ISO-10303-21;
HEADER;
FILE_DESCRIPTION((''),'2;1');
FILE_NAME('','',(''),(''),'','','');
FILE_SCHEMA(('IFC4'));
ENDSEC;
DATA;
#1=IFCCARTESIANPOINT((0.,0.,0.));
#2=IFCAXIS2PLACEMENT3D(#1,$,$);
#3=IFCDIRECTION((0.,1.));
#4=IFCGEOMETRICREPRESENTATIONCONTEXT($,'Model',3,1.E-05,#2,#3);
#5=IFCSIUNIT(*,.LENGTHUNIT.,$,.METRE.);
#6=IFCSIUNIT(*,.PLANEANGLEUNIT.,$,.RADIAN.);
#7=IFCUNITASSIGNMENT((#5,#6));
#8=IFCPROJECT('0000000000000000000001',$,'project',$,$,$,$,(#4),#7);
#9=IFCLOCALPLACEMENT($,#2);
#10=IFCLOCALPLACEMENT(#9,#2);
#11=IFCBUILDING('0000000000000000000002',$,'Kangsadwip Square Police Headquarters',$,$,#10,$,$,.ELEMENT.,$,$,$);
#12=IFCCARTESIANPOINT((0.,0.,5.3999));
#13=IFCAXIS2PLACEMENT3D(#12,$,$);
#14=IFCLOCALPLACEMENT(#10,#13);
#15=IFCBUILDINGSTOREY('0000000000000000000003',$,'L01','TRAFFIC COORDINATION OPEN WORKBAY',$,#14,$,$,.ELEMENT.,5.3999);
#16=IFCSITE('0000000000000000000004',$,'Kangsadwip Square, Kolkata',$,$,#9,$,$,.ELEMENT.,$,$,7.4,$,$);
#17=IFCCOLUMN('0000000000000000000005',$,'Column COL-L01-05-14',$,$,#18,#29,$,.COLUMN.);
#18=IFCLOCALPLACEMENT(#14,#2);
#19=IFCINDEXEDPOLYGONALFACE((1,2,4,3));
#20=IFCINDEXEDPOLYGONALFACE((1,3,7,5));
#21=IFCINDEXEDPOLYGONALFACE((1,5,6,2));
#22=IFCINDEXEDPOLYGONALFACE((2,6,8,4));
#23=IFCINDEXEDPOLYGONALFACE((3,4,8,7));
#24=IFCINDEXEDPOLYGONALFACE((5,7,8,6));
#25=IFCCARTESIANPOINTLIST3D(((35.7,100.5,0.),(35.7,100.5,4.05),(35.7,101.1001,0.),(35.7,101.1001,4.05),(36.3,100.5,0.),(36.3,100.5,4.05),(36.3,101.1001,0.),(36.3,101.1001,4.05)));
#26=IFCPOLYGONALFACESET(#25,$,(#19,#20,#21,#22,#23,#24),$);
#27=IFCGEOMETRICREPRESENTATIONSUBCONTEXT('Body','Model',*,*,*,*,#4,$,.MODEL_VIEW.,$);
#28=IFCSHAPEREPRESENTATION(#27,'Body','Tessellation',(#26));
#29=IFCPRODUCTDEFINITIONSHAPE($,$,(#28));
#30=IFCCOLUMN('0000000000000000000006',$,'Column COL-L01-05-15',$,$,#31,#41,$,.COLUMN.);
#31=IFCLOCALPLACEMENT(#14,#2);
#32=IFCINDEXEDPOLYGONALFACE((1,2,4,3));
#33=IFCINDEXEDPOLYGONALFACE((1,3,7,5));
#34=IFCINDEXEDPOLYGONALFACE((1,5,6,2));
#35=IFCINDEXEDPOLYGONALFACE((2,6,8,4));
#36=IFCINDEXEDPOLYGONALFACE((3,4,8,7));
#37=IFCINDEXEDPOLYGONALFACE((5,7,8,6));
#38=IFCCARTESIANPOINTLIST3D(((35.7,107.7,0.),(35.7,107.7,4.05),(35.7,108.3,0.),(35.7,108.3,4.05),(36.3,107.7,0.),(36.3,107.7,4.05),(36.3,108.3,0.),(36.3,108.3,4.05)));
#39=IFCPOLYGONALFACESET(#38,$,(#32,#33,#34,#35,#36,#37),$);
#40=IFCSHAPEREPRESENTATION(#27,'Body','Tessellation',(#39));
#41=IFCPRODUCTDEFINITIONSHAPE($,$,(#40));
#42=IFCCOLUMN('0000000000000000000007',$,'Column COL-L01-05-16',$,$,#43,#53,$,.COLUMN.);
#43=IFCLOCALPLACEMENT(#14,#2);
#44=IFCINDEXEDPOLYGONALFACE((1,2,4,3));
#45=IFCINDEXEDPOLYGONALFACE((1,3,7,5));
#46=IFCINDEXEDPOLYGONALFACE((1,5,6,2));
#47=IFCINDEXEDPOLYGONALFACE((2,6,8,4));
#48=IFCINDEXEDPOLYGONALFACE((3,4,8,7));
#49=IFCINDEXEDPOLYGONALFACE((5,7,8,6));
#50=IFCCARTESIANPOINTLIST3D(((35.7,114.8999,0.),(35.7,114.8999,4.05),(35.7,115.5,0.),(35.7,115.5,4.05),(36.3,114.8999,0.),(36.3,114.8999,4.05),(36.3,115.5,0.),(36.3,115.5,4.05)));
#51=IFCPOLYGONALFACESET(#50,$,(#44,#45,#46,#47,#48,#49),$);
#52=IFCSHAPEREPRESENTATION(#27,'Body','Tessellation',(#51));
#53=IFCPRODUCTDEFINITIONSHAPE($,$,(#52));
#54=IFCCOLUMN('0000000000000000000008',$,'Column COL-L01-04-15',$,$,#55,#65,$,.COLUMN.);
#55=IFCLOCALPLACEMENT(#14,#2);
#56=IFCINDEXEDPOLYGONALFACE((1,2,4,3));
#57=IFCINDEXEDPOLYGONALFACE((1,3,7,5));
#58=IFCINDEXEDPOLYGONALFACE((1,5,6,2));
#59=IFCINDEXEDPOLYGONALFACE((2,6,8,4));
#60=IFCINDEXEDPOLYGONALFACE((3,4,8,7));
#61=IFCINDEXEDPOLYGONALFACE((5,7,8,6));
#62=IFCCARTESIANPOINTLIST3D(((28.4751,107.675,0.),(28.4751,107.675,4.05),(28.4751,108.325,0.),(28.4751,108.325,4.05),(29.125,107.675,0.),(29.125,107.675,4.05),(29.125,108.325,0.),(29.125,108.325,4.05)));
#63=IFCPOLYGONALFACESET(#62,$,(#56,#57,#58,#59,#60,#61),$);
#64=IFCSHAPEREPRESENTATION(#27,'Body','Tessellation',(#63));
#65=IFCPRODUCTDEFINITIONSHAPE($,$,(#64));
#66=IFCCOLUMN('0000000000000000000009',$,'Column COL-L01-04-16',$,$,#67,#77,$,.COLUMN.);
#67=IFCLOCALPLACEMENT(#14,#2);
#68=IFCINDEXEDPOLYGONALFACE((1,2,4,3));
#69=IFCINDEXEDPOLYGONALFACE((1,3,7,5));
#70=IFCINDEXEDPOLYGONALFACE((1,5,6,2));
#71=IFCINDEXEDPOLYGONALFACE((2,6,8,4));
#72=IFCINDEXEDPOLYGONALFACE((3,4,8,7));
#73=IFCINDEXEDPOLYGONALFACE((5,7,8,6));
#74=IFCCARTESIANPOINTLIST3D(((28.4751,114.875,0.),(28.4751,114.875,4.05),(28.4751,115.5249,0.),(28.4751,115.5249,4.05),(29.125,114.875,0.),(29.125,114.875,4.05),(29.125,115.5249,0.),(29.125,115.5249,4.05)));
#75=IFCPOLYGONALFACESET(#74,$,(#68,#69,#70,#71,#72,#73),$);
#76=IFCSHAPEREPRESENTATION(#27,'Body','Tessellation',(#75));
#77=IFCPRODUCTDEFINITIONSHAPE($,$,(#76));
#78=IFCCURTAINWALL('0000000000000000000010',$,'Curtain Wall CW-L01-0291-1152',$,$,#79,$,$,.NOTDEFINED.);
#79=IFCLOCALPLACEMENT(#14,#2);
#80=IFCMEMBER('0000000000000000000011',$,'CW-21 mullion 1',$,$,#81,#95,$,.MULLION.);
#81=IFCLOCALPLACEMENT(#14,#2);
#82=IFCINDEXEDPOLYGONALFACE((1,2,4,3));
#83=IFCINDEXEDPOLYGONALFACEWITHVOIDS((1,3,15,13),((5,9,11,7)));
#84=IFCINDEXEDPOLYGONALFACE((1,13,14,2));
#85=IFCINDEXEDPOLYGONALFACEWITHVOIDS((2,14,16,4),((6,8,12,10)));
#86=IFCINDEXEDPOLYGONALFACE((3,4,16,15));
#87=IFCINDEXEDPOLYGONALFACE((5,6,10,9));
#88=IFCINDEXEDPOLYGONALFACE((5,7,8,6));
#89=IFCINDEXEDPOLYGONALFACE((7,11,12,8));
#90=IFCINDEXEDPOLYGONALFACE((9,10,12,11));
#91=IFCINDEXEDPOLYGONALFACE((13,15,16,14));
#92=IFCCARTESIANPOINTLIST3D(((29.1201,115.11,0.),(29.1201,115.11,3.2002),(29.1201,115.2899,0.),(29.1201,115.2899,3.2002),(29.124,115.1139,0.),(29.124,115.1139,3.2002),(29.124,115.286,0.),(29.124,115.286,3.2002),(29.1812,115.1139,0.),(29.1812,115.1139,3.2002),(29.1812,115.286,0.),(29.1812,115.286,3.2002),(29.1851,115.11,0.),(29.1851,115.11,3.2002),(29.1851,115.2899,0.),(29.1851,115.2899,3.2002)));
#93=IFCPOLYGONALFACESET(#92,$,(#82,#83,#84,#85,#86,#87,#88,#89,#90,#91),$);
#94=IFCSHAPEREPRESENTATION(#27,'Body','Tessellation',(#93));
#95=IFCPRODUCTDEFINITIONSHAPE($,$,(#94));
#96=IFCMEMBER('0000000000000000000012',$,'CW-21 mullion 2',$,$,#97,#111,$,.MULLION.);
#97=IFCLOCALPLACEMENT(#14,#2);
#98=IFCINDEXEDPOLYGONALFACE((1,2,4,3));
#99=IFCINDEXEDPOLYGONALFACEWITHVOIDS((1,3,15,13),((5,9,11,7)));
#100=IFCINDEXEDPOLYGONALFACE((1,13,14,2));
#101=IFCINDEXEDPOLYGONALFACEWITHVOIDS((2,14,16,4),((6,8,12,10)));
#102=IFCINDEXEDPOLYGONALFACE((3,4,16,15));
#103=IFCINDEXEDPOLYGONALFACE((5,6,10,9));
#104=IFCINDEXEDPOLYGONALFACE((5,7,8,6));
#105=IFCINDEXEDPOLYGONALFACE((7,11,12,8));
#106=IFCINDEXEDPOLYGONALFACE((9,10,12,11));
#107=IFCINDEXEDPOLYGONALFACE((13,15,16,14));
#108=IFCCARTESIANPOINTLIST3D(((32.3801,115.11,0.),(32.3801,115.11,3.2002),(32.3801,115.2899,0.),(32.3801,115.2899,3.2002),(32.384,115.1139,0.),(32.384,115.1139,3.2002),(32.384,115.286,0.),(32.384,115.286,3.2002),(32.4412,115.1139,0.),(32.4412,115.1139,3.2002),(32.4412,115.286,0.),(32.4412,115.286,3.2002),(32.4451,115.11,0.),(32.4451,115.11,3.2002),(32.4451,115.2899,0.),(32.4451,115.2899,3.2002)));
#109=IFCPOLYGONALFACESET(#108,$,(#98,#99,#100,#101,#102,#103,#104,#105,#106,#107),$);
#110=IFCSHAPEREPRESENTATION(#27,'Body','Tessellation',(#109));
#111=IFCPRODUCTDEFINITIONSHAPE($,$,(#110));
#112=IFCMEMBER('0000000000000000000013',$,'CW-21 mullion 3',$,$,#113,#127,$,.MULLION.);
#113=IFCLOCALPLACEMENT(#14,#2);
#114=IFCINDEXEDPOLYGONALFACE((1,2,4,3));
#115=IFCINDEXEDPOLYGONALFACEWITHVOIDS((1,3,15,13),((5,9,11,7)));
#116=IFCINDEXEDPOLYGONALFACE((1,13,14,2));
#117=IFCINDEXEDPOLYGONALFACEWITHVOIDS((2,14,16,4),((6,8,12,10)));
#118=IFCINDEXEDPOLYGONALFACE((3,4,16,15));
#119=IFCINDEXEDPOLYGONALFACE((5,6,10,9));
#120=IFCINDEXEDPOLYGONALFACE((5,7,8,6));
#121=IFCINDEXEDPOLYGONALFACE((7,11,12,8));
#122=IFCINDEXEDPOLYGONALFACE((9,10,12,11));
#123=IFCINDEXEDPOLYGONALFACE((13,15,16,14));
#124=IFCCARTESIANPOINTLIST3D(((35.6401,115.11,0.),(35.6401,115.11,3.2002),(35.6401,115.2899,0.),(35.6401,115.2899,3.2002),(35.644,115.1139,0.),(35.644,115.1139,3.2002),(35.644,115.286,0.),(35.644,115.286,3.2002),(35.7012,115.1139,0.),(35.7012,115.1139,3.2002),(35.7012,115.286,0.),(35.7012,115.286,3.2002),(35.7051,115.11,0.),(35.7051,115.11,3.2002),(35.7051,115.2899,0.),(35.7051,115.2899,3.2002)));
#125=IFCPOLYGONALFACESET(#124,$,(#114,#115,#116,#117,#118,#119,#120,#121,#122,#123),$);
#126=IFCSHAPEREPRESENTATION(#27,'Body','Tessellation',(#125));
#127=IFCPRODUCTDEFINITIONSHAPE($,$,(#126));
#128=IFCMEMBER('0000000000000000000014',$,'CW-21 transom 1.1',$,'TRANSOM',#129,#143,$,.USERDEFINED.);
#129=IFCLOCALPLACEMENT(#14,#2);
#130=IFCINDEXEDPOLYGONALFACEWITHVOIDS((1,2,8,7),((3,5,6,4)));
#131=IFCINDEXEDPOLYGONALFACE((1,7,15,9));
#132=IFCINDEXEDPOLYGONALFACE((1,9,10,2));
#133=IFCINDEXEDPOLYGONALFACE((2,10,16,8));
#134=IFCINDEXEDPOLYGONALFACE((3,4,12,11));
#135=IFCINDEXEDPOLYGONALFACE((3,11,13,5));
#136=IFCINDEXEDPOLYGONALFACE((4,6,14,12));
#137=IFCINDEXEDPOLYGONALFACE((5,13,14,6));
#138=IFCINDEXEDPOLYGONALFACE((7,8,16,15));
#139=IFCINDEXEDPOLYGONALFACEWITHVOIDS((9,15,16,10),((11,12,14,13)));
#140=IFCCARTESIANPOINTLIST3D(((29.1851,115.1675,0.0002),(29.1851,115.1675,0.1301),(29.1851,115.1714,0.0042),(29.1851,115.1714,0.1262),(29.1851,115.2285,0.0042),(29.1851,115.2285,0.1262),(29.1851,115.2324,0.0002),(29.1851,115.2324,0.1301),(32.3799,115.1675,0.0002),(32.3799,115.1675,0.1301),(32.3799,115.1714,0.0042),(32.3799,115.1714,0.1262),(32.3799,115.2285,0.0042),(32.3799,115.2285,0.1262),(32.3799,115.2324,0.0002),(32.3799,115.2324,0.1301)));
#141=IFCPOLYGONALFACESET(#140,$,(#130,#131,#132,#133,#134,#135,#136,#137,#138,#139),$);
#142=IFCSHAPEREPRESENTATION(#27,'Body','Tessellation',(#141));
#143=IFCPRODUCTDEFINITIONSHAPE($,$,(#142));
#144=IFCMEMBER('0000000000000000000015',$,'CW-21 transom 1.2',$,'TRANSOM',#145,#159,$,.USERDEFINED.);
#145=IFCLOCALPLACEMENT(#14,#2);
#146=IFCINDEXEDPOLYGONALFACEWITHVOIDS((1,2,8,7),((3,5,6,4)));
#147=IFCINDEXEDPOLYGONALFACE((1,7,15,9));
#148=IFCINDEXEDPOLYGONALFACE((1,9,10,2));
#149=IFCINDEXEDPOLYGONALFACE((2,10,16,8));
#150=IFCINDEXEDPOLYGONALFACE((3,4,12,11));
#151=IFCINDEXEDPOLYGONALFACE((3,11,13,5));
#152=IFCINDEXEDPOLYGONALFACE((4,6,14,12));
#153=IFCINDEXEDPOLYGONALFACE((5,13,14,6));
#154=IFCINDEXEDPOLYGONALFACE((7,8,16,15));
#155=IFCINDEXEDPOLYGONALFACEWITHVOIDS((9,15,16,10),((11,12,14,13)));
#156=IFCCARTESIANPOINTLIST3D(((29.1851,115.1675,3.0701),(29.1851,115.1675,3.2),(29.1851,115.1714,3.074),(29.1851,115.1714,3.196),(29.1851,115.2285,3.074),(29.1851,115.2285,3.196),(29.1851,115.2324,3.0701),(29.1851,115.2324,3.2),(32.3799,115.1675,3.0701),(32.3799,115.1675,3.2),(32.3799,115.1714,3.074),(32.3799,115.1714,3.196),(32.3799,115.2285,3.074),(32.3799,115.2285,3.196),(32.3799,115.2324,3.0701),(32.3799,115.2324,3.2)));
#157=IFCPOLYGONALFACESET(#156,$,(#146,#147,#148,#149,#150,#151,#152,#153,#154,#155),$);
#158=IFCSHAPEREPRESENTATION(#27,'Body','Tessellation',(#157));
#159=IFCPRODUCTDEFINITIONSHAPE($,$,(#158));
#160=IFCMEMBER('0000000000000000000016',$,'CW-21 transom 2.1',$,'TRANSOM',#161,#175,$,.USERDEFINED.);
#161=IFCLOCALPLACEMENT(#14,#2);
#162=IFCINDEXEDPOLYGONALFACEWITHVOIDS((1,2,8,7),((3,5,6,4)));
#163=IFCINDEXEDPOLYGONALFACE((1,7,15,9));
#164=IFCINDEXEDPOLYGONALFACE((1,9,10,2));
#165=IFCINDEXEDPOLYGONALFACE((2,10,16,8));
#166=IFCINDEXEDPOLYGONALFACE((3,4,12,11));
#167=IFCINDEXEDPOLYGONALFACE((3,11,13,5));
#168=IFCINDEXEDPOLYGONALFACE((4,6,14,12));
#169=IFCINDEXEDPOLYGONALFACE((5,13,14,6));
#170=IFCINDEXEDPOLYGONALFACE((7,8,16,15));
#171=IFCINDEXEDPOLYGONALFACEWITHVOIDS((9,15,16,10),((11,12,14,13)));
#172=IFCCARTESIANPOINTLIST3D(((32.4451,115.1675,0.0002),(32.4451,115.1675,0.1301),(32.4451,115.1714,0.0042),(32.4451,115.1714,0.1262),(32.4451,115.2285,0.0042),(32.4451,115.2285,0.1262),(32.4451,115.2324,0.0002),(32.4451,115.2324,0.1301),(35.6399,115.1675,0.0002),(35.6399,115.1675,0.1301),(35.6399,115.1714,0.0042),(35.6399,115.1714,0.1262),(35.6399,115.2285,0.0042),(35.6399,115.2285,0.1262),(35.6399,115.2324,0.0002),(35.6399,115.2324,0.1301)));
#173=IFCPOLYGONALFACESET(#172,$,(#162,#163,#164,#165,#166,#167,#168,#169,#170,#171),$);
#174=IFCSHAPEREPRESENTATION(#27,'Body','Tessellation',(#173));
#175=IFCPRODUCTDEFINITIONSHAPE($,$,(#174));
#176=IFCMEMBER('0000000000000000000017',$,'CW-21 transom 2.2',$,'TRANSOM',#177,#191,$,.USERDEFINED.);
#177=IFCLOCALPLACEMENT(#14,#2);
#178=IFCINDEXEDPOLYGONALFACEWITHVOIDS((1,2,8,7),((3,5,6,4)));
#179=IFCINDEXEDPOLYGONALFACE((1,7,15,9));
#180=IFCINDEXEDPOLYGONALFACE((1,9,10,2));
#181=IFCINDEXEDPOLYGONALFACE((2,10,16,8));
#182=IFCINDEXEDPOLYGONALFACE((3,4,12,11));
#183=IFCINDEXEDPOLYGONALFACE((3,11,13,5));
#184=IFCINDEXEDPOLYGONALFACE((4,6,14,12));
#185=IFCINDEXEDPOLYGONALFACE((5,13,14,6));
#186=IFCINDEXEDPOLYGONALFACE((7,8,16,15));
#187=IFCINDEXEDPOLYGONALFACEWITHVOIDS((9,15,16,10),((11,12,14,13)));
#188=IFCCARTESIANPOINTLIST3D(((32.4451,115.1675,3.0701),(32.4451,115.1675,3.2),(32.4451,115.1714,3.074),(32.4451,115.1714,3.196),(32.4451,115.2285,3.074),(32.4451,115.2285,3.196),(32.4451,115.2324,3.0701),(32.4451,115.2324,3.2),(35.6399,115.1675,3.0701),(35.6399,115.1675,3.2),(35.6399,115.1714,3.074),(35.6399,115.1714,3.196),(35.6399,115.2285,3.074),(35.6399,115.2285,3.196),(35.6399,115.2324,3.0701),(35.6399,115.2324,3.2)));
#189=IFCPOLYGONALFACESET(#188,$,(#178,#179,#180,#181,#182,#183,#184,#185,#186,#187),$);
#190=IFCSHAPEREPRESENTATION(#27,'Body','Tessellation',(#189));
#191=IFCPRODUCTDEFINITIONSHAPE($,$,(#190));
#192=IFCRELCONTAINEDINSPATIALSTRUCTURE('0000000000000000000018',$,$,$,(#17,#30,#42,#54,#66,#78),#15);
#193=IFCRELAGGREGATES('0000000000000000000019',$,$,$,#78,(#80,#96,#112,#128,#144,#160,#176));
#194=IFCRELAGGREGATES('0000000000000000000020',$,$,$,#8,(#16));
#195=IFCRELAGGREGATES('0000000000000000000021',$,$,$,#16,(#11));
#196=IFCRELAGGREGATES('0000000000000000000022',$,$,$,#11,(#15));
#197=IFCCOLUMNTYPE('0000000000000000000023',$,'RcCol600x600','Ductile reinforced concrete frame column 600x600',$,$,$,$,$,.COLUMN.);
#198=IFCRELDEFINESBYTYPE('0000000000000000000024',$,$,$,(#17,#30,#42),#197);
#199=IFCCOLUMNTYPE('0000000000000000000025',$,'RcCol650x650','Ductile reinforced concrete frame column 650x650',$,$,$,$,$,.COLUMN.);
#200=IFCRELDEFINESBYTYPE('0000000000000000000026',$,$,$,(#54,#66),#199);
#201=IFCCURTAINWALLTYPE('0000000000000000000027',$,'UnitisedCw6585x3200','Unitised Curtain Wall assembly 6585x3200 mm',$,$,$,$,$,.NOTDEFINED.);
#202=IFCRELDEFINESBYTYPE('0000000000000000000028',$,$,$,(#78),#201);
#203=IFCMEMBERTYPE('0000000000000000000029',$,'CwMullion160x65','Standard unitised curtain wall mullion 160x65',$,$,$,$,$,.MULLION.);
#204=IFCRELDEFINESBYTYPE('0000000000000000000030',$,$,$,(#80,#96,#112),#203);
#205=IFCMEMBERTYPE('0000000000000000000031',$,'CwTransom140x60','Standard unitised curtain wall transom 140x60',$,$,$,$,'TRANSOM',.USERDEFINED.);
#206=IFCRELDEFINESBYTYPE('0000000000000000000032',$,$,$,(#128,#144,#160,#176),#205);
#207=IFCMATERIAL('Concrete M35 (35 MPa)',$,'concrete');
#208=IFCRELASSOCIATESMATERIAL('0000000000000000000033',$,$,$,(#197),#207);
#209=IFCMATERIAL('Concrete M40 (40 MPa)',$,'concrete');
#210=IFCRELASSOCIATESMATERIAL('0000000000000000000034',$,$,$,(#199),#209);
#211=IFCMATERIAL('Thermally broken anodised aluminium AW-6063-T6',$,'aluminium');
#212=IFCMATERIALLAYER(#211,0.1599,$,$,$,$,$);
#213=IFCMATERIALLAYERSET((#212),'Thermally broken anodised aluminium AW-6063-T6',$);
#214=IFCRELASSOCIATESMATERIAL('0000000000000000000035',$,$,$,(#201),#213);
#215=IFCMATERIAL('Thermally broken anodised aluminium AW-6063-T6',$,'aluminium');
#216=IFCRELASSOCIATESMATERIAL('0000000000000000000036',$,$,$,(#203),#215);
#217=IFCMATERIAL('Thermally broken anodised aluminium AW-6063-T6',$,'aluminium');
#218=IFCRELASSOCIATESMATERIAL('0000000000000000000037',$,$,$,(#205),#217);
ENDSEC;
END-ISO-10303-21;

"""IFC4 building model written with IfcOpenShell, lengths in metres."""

from ifc_helpers import new_model, si_unit, direction, frame, origin, origin_2d, place, context, subcontext, project, spatial, rectangle, hollow_rectangle, extrude, material, layer, layer_set, material_profile, profile_set, type_object, element, aggregate, save


model = new_model("IFC4")

# Units and contexts
model_context = context("Model", 3, precision=1e-05, world=origin(), true_north=direction((0.0, 1.0)))
body_context = subcontext(model_context, "Body", "Model", "MODEL_VIEW")
ifc_project = project(units=[si_unit("LENGTHUNIT", "METRE"), si_unit("PLANEANGLEUNIT", "RADIAN")], contexts=[model_context])

# Site, building, storey
site_placement = place(None, origin())
site = spatial("IfcSite", under=ifc_project, at=site_placement, Name="Kangsadwip Square, Kolkata", CompositionType="ELEMENT", RefElevation=7.4)
building_placement = place(site_placement, origin())
building = spatial("IfcBuilding", under=site, at=building_placement, Name="Kangsadwip Square Police Headquarters", CompositionType="ELEMENT")
storey_placement = place(building_placement, frame((0.0, 0.0, 5.3999)))
storey = spatial("IfcBuildingStorey", under=building, at=storey_placement, Name="L01", Description="TRAFFIC COORDINATION OPEN WORKBAY", CompositionType="ELEMENT", Elevation=5.3999)

# Columns
ifc_material_1 = material(Name="Concrete M35 (35 MPa)", Category="concrete")
ifc_material_profile_1 = material_profile(ifc_material_1, rectangle(XDim=0.6001, YDim=0.6001, at=origin_2d()), Name="RC COL 600X600")
ifc_profile_set_1 = profile_set([ifc_material_profile_1], Name="Concrete M35 (35 MPa)")
column_type_1 = type_object("IfcColumnType", Name="RcCol600x600", Description="Ductile reinforced concrete frame column 600x600", PredefinedType="COLUMN", material=ifc_profile_set_1)
for number, where, z_axis, x_axis, name in (
    (1, (36.0, 100.8, 0.0), (0.0, 0.0, 1.0), (1.0, 0.0, 0.0), "Column COL-L01-05-14"),
    (2, (36.0, 108.0, 0.0), (0.0, 0.0, 1.0), (1.0, 0.0, 0.0), "Column COL-L01-05-15"),
    (3, (36.0, 115.2, 0.0), (0.0, 0.0, 1.0), (1.0, 0.0, 0.0), "Column COL-L01-05-16"),
):
    element("IfcColumn", number, at=place(storey_placement, frame(where, z_axis=z_axis, x_axis=x_axis)), inside=storey, type_object=column_type_1, Name=name, PredefinedType="COLUMN", context=body_context, shape_type="SweptSolid", body=[
        extrude(rectangle(XDim=0.6001, YDim=0.6001, at=origin_2d()), origin(), (0.0, 0.0, 1.0), 4.05),
    ])
ifc_material_2 = material(Name="Concrete M40 (40 MPa)", Category="concrete")
ifc_material_profile_2 = material_profile(ifc_material_2, rectangle(XDim=0.6499, YDim=0.6499, at=origin_2d()), Name="RC COL 650X650")
ifc_profile_set_2 = profile_set([ifc_material_profile_2], Name="Concrete M40 (40 MPa)")
column_type_2 = type_object("IfcColumnType", Name="RcCol650x650", Description="Ductile reinforced concrete frame column 650x650", PredefinedType="COLUMN", material=ifc_profile_set_2)
for number, where, z_axis, x_axis, name in (
    (4, (28.8, 108.0, 0.0), (0.0, 0.0, 1.0), (1.0, 0.0, 0.0), "Column COL-L01-04-15"),
    (5, (28.8, 115.2, 0.0), (0.0, 0.0, 1.0), (1.0, 0.0, 0.0), "Column COL-L01-04-16"),
):
    element("IfcColumn", number, at=place(storey_placement, frame(where, z_axis=z_axis, x_axis=x_axis)), inside=storey, type_object=column_type_2, Name=name, PredefinedType="COLUMN", context=body_context, shape_type="SweptSolid", body=[
        extrude(rectangle(XDim=0.6499, YDim=0.6499, at=origin_2d()), origin(), (0.0, 0.0, 1.0), 4.05),
    ])

# Curtain wall, members
ifc_material_3 = material(Name="Thermally broken anodised aluminium AW-6063-T6", Category="aluminium")
ifc_layer_1 = layer(ifc_material_3, 0.1599)
ifc_layer_set_1 = layer_set([ifc_layer_1], Name="Thermally broken anodised aluminium AW-6063-T6")
curtain_wall_type = type_object("IfcCurtainWallType", Name="UnitisedCw6585x3200", Description="Unitised Curtain Wall assembly 6585x3200 mm", PredefinedType="NOTDEFINED", material=ifc_layer_set_1)
curtain_wall_placement = place(storey_placement, origin())
curtain_wall = element("IfcCurtainWall", 6, at=curtain_wall_placement, inside=storey, type_object=curtain_wall_type, Name="Curtain Wall CW-L01-0291-1152", PredefinedType="NOTDEFINED")
ifc_material_4 = material(Name="Thermally broken anodised aluminium AW-6063-T6", Category="aluminium")
ifc_material_profile_3 = material_profile(ifc_material_4, hollow_rectangle(XDim=0.0649, YDim=0.1799, WallThickness=0.0039, at=origin_2d()), Name="CWM 180X65X4")
ifc_profile_set_3 = profile_set([ifc_material_profile_3], Name="Thermally broken anodised aluminium AW-6063-T6")
member_type_1 = type_object("IfcMemberType", Name="CwMullion160x65", Description="Standard unitised curtain wall mullion 160x65", PredefinedType="MULLION", material=ifc_profile_set_3)
member_1_placement = place(storey_placement, frame((29.1526, 115.2, 0.0), z_axis=(0.0, 0.0, 1.0), x_axis=(1.0, 0.0, 0.0)))
member_1 = element("IfcMember", 7, at=member_1_placement, type_object=member_type_1, Name="CW-21 mullion 1", PredefinedType="MULLION", context=body_context, shape_type="SweptSolid", body=[
    extrude(hollow_rectangle(XDim=0.0649, YDim=0.1799, WallThickness=0.0039, at=origin_2d()), origin(), (0.0, 0.0, 1.0), 3.2002),
])
member_2_placement = place(storey_placement, frame((32.4126, 115.2, 0.0), z_axis=(0.0, 0.0, 1.0), x_axis=(1.0, 0.0, 0.0)))
member_2 = element("IfcMember", 8, at=member_2_placement, type_object=member_type_1, Name="CW-21 mullion 2", PredefinedType="MULLION", context=body_context, shape_type="SweptSolid", body=[
    extrude(hollow_rectangle(XDim=0.0649, YDim=0.1799, WallThickness=0.0039, at=origin_2d()), origin(), (0.0, 0.0, 1.0), 3.2002),
])
member_3_placement = place(storey_placement, frame((35.6726, 115.2, 0.0), z_axis=(0.0, 0.0, 1.0), x_axis=(1.0, 0.0, 0.0)))
member_3 = element("IfcMember", 9, at=member_3_placement, type_object=member_type_1, Name="CW-21 mullion 3", PredefinedType="MULLION", context=body_context, shape_type="SweptSolid", body=[
    extrude(hollow_rectangle(XDim=0.0649, YDim=0.1799, WallThickness=0.0039, at=origin_2d()), origin(), (0.0, 0.0, 1.0), 3.2002),
])
ifc_material_5 = material(Name="Thermally broken anodised aluminium AW-6063-T6", Category="aluminium")
ifc_material_profile_4 = material_profile(ifc_material_5, hollow_rectangle(XDim=0.0649, YDim=0.1299, WallThickness=0.0039, at=origin_2d()), Name="CWT 130X65X4")
ifc_profile_set_4 = profile_set([ifc_material_profile_4], Name="Thermally broken anodised aluminium AW-6063-T6")
member_type_2 = type_object("IfcMemberType", Name="CwTransom140x60", Description="Standard unitised curtain wall transom 140x60", ElementType="TRANSOM", PredefinedType="USERDEFINED", material=ifc_profile_set_4)
member_4_placement = place(storey_placement, frame((29.1851, 115.2, 0.0652), z_axis=(1.0, 0.0, 0.0), x_axis=(0.0, 1.0, 0.0)))
member_4 = element("IfcMember", 10, at=member_4_placement, type_object=member_type_2, Name="CW-21 transom 1.1", ObjectType="TRANSOM", PredefinedType="USERDEFINED", context=body_context, shape_type="SweptSolid", body=[
    extrude(hollow_rectangle(XDim=0.0649, YDim=0.1299, WallThickness=0.0039, at=origin_2d()), origin(), (0.0, 0.0, 1.0), 3.1948),
])
member_5_placement = place(storey_placement, frame((29.1851, 115.2, 3.135), z_axis=(1.0, 0.0, 0.0), x_axis=(0.0, 1.0, 0.0)))
member_5 = element("IfcMember", 11, at=member_5_placement, type_object=member_type_2, Name="CW-21 transom 1.2", ObjectType="TRANSOM", PredefinedType="USERDEFINED", context=body_context, shape_type="SweptSolid", body=[
    extrude(hollow_rectangle(XDim=0.0649, YDim=0.1299, WallThickness=0.0039, at=origin_2d()), origin(), (0.0, 0.0, 1.0), 3.1948),
])
member_6_placement = place(storey_placement, frame((32.4451, 115.2, 0.0652), z_axis=(1.0, 0.0, 0.0), x_axis=(0.0, 1.0, 0.0)))
member_6 = element("IfcMember", 12, at=member_6_placement, type_object=member_type_2, Name="CW-21 transom 2.1", ObjectType="TRANSOM", PredefinedType="USERDEFINED", context=body_context, shape_type="SweptSolid", body=[
    extrude(hollow_rectangle(XDim=0.0649, YDim=0.1299, WallThickness=0.0039, at=origin_2d()), origin(), (0.0, 0.0, 1.0), 3.1948),
])
member_7_placement = place(storey_placement, frame((32.4451, 115.2, 3.135), z_axis=(1.0, 0.0, 0.0), x_axis=(0.0, 1.0, 0.0)))
member_7 = element("IfcMember", 13, at=member_7_placement, type_object=member_type_2, Name="CW-21 transom 2.2", ObjectType="TRANSOM", PredefinedType="USERDEFINED", context=body_context, shape_type="SweptSolid", body=[
    extrude(hollow_rectangle(XDim=0.0649, YDim=0.1299, WallThickness=0.0039, at=origin_2d()), origin(), (0.0, 0.0, 1.0), 3.1948),
])

aggregate(curtain_wall, [member_1, member_2, member_3, member_4, member_5, member_6, member_7])

save(model, "model.ifc")
